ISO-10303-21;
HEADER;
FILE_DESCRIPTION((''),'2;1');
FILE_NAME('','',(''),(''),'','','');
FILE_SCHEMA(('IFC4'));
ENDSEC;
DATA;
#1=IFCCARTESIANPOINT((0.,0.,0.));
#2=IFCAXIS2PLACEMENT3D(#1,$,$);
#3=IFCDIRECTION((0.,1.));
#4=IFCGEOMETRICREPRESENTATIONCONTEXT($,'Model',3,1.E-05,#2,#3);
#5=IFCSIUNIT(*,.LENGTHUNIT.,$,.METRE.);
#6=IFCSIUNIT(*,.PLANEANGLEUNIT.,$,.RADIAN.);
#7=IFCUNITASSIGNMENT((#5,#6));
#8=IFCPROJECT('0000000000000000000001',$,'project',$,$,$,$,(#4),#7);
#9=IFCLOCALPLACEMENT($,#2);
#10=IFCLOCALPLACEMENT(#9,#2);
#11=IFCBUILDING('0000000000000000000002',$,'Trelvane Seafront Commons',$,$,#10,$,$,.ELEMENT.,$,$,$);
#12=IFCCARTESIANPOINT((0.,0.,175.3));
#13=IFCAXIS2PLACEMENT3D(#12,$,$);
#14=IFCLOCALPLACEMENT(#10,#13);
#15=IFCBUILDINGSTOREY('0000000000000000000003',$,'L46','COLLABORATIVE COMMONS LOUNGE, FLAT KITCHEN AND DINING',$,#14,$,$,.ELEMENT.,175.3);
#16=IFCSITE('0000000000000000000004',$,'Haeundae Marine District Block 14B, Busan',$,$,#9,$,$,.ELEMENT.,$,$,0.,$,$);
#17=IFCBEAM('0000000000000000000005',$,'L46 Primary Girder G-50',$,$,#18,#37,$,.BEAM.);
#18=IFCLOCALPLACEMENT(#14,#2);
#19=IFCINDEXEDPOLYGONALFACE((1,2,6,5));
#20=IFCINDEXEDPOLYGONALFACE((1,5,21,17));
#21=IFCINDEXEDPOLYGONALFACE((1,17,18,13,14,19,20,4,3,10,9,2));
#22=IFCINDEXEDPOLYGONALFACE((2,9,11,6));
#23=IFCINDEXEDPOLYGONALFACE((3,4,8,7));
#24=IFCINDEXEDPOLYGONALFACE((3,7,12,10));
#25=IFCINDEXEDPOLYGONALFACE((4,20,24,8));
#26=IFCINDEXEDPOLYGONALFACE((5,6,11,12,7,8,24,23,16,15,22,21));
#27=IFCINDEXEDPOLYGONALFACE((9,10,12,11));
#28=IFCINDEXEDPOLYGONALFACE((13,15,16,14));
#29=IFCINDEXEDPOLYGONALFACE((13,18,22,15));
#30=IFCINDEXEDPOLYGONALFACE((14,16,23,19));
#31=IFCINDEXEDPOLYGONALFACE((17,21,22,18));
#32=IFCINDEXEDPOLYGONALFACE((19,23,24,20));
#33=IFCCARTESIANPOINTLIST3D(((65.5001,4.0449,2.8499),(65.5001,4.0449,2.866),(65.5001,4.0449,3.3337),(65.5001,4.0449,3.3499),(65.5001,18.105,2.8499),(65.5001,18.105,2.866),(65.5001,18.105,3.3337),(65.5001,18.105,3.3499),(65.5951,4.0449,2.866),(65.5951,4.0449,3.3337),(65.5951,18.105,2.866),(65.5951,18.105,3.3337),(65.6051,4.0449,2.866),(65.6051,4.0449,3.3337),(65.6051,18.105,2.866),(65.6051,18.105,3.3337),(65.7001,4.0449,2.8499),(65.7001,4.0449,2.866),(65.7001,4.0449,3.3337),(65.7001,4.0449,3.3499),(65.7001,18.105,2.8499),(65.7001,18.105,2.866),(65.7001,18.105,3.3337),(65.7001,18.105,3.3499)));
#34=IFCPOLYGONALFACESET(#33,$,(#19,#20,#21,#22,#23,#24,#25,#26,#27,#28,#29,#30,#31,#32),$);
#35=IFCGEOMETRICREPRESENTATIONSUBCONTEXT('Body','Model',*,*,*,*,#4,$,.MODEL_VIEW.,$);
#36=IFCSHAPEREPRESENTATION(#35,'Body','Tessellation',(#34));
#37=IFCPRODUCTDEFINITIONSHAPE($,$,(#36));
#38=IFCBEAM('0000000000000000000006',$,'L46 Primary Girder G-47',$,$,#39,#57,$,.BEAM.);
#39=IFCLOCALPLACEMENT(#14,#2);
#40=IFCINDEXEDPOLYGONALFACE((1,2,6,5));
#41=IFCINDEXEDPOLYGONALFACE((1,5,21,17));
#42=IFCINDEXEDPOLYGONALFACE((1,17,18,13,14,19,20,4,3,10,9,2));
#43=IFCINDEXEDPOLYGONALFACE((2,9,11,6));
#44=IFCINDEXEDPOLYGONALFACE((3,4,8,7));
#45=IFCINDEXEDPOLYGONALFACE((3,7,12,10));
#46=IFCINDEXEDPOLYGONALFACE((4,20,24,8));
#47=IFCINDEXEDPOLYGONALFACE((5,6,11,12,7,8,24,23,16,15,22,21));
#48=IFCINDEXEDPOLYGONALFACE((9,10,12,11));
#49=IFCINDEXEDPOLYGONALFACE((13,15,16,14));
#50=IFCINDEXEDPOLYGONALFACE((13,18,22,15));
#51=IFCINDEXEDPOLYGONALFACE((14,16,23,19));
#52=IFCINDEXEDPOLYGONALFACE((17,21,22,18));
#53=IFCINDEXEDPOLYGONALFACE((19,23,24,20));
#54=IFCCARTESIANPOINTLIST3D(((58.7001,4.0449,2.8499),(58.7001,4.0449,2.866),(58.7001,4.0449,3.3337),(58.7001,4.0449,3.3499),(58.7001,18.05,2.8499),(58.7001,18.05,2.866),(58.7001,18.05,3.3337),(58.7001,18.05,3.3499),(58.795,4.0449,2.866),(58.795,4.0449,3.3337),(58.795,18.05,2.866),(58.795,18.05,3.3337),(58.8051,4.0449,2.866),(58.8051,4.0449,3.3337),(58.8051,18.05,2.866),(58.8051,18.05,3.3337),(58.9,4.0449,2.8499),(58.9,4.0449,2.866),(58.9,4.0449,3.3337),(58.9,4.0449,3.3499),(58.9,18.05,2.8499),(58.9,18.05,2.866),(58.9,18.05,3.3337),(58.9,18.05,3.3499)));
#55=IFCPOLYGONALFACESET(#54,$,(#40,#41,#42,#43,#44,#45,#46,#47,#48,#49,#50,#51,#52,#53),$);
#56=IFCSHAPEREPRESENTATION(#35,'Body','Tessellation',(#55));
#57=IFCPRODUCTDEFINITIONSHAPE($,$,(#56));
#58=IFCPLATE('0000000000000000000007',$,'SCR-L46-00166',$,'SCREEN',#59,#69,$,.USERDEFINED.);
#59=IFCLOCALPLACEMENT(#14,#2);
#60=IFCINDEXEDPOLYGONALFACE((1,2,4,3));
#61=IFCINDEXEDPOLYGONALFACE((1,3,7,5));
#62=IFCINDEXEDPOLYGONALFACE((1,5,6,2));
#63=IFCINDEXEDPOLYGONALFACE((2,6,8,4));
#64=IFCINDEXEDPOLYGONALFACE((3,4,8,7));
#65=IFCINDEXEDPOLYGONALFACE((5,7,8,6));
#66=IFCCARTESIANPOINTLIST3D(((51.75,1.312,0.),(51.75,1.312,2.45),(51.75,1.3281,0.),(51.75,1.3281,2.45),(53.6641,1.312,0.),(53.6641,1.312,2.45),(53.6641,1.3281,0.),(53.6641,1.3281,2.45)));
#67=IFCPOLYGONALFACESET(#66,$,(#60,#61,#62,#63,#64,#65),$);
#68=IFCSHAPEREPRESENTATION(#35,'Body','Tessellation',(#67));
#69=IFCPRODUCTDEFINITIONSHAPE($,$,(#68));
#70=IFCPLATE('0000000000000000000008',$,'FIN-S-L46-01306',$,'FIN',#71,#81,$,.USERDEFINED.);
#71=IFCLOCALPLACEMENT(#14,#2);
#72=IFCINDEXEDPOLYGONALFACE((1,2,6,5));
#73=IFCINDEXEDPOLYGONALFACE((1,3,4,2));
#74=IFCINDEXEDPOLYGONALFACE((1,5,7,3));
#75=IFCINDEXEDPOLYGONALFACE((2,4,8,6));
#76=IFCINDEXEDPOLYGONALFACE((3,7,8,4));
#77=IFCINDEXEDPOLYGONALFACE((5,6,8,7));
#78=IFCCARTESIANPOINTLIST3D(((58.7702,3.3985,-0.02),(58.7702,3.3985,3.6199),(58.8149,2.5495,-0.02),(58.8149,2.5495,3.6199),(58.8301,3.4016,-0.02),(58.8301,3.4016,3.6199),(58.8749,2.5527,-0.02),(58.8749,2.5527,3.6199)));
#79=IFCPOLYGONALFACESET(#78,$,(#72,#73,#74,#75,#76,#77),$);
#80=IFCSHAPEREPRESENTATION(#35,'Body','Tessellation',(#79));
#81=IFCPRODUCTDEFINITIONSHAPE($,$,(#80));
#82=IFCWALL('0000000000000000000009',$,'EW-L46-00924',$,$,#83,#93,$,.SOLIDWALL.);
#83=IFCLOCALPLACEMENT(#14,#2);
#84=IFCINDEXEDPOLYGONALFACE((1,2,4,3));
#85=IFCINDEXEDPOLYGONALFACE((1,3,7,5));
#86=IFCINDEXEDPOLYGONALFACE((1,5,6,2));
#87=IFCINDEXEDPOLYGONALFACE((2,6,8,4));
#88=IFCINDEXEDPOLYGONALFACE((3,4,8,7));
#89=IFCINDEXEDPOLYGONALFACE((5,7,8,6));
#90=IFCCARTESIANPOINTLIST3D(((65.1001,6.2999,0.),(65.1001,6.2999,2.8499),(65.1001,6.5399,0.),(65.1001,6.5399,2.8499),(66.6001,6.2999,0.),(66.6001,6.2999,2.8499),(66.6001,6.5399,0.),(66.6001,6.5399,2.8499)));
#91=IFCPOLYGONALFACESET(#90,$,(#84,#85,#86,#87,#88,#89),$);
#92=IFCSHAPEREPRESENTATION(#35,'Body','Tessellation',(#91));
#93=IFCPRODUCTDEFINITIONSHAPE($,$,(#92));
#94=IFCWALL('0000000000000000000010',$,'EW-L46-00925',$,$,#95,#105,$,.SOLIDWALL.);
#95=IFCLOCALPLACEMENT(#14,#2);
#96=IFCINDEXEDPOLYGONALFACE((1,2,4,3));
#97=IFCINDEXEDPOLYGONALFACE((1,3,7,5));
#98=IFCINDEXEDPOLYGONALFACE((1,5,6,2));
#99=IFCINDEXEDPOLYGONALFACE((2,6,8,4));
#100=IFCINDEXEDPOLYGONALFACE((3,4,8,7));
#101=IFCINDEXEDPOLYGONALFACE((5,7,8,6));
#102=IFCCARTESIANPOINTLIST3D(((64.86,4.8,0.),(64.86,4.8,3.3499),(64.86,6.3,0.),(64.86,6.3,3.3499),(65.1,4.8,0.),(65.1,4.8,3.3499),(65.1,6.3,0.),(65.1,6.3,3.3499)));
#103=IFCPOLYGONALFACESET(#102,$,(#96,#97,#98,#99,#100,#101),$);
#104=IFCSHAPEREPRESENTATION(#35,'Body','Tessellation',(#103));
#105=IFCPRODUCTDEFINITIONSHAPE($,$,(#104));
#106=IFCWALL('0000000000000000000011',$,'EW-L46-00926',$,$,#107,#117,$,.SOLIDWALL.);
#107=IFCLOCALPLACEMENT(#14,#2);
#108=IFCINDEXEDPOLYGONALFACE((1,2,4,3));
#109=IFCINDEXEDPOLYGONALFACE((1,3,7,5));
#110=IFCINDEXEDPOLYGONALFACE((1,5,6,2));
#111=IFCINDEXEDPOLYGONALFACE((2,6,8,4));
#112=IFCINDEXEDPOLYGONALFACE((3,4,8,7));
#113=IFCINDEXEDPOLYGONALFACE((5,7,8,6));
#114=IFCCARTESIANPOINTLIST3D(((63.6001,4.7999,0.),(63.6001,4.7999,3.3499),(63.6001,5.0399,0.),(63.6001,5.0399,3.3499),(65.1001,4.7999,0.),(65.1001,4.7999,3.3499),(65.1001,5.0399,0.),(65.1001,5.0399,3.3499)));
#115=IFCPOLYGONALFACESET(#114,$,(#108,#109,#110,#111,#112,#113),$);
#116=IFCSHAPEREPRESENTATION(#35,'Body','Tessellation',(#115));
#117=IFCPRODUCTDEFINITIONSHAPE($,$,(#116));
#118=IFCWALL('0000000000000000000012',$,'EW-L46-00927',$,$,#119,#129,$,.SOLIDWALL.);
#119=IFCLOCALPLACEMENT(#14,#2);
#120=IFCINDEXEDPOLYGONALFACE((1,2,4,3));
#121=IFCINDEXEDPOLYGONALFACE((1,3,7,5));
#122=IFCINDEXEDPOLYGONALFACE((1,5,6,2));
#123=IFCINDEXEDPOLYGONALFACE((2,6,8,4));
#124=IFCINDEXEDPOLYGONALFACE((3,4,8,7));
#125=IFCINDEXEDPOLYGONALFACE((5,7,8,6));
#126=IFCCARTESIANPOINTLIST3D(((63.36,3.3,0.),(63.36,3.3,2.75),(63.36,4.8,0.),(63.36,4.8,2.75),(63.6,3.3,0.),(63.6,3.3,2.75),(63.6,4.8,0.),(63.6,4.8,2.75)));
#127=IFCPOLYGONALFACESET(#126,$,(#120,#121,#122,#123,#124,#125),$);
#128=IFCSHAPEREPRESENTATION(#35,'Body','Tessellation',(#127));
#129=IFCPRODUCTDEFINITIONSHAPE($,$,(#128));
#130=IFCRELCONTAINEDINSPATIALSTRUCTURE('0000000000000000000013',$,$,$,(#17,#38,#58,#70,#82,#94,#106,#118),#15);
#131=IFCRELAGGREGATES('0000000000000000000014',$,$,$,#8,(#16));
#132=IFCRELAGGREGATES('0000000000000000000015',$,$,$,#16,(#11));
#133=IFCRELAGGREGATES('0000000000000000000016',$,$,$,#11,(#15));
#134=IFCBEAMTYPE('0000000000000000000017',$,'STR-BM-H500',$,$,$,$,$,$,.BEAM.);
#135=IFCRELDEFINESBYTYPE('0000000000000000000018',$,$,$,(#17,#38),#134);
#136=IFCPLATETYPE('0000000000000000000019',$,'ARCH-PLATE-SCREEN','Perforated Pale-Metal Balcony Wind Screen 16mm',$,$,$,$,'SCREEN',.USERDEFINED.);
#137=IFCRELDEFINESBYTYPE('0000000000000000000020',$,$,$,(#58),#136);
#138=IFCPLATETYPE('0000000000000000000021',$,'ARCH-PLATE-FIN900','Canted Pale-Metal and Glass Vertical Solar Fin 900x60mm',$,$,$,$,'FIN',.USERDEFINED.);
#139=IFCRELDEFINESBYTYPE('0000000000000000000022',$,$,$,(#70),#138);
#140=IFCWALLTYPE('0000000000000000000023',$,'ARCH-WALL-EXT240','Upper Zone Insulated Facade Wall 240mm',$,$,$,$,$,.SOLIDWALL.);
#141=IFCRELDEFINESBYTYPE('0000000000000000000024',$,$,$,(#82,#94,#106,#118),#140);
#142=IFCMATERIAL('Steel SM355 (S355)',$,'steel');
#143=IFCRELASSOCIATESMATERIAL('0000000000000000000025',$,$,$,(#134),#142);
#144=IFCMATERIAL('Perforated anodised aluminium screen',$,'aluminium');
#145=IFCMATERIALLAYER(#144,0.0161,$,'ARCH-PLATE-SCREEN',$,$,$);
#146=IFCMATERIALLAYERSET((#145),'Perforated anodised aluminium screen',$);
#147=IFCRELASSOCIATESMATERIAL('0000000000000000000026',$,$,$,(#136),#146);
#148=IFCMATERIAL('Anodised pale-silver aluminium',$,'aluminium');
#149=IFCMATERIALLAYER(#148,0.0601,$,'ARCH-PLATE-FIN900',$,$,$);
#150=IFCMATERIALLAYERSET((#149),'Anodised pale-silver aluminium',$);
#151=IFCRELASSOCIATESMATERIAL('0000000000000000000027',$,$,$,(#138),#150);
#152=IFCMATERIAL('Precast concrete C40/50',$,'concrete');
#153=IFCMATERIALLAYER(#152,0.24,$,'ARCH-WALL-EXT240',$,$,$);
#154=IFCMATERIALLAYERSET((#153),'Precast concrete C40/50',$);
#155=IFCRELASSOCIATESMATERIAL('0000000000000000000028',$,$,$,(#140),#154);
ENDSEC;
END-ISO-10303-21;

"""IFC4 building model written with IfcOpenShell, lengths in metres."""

from ifc_helpers import new_model, si_unit, direction, frame, frame_2d, origin, origin_2d, place, context, subcontext, project, spatial, rectangle, i_section, extrude, source, transform, mapped, material, layer, layer_set, material_profile, profile_set, type_object, element, save


model = new_model("IFC4")

# Units and contexts
model_context = context("Model", 3, precision=1e-05, world=origin(), true_north=direction((0.0, 1.0)))
body_context = subcontext(model_context, "Body", "Model", "MODEL_VIEW")
ifc_project = project(units=[si_unit("LENGTHUNIT", "METRE"), si_unit("PLANEANGLEUNIT", "RADIAN")], contexts=[model_context])

# Site, building, storey
site_placement = place(None, origin())
site = spatial("IfcSite", under=ifc_project, at=site_placement, Name="Haeundae Marine District Block 14B, Busan", CompositionType="ELEMENT", RefElevation=0.0)
building_placement = place(site_placement, origin())
building = spatial("IfcBuilding", under=site, at=building_placement, Name="Trelvane Seafront Commons", CompositionType="ELEMENT")
storey_placement = place(building_placement, frame((0.0, 0.0, 175.3)))
storey = spatial("IfcBuildingStorey", under=building, at=storey_placement, Name="L46", Description="COLLABORATIVE COMMONS LOUNGE, FLAT KITCHEN AND DINING", CompositionType="ELEMENT", Elevation=175.3)

# Shared definitions
ifc_material_1 = material(Name="Steel SM355 (S355)", Category="steel")

# Beams
ifc_material_profile_1 = material_profile(ifc_material_1, i_section(OverallWidth=0.2, OverallDepth=0.5, WebThickness=0.01, FlangeThickness=0.0161, at=origin_2d()), Name="H-500x200x10x16")
ifc_profile_set_1 = profile_set([ifc_material_profile_1], Name="Steel SM355 (S355)")
beam_type_1 = type_object("IfcBeamType", Name="STR-BM-H500", PredefinedType="BEAM", material=ifc_profile_set_1)
shared_shape_1 = source(origin(), body_context, "Body", "SweptSolid", [
    extrude(i_section(OverallWidth=0.2, OverallDepth=0.5, WebThickness=0.01, FlangeThickness=0.0161, at=origin_2d()), origin(), (0.0, 0.0, 1.0), 14.0601),
])
beam_1_placement = place(storey_placement, frame((65.6001, 4.0449, 3.0999), z_axis=(0.0, 1.0, 0.0), x_axis=(-1.0, 0.0, 0.0)))
element("IfcBeam", 1, at=beam_1_placement, inside=storey, type_object=beam_type_1, Name="L46 Primary Girder G-50", PredefinedType="BEAM", context=body_context, shape_type="MappedRepresentation", body=[
    mapped(shared_shape_1, transform((0.0, 0.0, 0.0), x_axis=(1.0, 0.0, 0.0), y_axis=(0.0, 1.0, 0.0), z_axis=(0.0, 0.0, 1.0), scale=1.0)),
])
shared_shape_2 = source(origin(), body_context, "Body", "SweptSolid", [
    extrude(i_section(OverallWidth=0.2, OverallDepth=0.5, WebThickness=0.01, FlangeThickness=0.0161, at=origin_2d()), origin(), (0.0, 0.0, 1.0), 14.0051),
])
beam_2_placement = place(storey_placement, frame((58.8, 4.0449, 3.0999), z_axis=(0.0, 1.0, 0.0), x_axis=(-1.0, 0.0, 0.0)))
element("IfcBeam", 2, at=beam_2_placement, inside=storey, type_object=beam_type_1, Name="L46 Primary Girder G-47", PredefinedType="BEAM", context=body_context, shape_type="MappedRepresentation", body=[
    mapped(shared_shape_2, transform((0.0, 0.0, 0.0), x_axis=(1.0, 0.0, 0.0), y_axis=(0.0, 1.0, 0.0), z_axis=(0.0, 0.0, 1.0), scale=1.0)),
])

# Plates
ifc_material_2 = material(Name="Perforated anodised aluminium screen", Category="aluminium")
ifc_layer_1 = layer(ifc_material_2, 0.0161, Name="ARCH-PLATE-SCREEN")
ifc_layer_set_1 = layer_set([ifc_layer_1], Name="Perforated anodised aluminium screen")
plate_type_1 = type_object("IfcPlateType", Name="ARCH-PLATE-SCREEN", Description="Perforated Pale-Metal Balcony Wind Screen 16mm", ElementType="SCREEN", PredefinedType="USERDEFINED", material=ifc_layer_set_1)
shared_shape_3 = source(origin(), body_context, "Body", "SweptSolid", [
    extrude(rectangle(XDim=1.9141, YDim=0.0161, at=origin_2d()), origin(), (0.0, 0.0, 1.0), 2.45),
])
plate_1_placement = place(storey_placement, frame((52.707, 1.3201, 0.0), z_axis=(0.0, 0.0, 1.0), x_axis=(1.0, 0.0, 0.0)))
element("IfcPlate", 3, at=plate_1_placement, inside=storey, type_object=plate_type_1, Name="SCR-L46-00166", ObjectType="SCREEN", PredefinedType="USERDEFINED", context=body_context, shape_type="MappedRepresentation", body=[
    mapped(shared_shape_3, transform((0.0, 0.0, 0.0), x_axis=(1.0, 0.0, 0.0), y_axis=(0.0, 1.0, 0.0), z_axis=(0.0, 0.0, 1.0), scale=1.0)),
])
ifc_material_3 = material(Name="Anodised pale-silver aluminium", Category="aluminium")
ifc_layer_2 = layer(ifc_material_3, 0.0601, Name="ARCH-PLATE-FIN900")
ifc_layer_set_2 = layer_set([ifc_layer_2], Name="Anodised pale-silver aluminium")
plate_type_2 = type_object("IfcPlateType", Name="ARCH-PLATE-FIN900", Description="Canted Pale-Metal and Glass Vertical Solar Fin 900x60mm", ElementType="FIN", PredefinedType="USERDEFINED", material=ifc_layer_set_2)
shared_shape_4 = source(origin(), body_context, "Body", "SweptSolid", [
    extrude(rectangle(XDim=0.8501, YDim=0.0601, at=origin_2d()), origin(), (0.0, 0.0, 1.0), 3.6399),
])
plate_2_placement = place(storey_placement, frame((58.8225, 2.9756, -0.02), z_axis=(0.0, 0.0, 1.0), x_axis=(0.05259, -0.998616, 0.0)))
element("IfcPlate", 4, at=plate_2_placement, inside=storey, type_object=plate_type_2, Name="FIN-S-L46-01306", ObjectType="FIN", PredefinedType="USERDEFINED", context=body_context, shape_type="MappedRepresentation", body=[
    mapped(shared_shape_4, transform((0.0, 0.0, 0.0), x_axis=(1.0, 0.0, 0.0), y_axis=(0.0, 1.0, 0.0), z_axis=(0.0, 0.0, 1.0), scale=1.0)),
])

# Walls
ifc_material_4 = material(Name="Precast concrete C40/50", Category="concrete")
ifc_layer_3 = layer(ifc_material_4, 0.24, Name="ARCH-WALL-EXT240")
ifc_layer_set_3 = layer_set([ifc_layer_3], Name="Precast concrete C40/50")
wall_type_1 = type_object("IfcWallType", Name="ARCH-WALL-EXT240", Description="Upper Zone Insulated Facade Wall 240mm", PredefinedType="SOLIDWALL", material=ifc_layer_set_3)
wall_1_placement = place(storey_placement, frame((66.6001, 6.4199, 0.0), z_axis=(0.0, 0.0, 1.0), x_axis=(-1.0, 0.0, 0.0)))
element("IfcWall", 5, at=wall_1_placement, inside=storey, type_object=wall_type_1, Name="EW-L46-00924", PredefinedType="SOLIDWALL", context=body_context, shape_type="SweptSolid", body=[
    extrude(rectangle(XDim=1.5, YDim=0.24, at=frame_2d((0.75, 0.0))), origin(), (0.0, 0.0, 1.0), 2.8499),
])
for number, where, z_axis, x_axis, name in (
    (6, (64.98, 6.3, 0.0), (0.0, 0.0, 1.0), (0.0, -1.0, 0.0), "EW-L46-00925"),
    (7, (65.1001, 4.9199, 0.0), (0.0, 0.0, 1.0), (-1.0, 0.0, 0.0), "EW-L46-00926"),
):
    element("IfcWall", number, at=place(storey_placement, frame(where, z_axis=z_axis, x_axis=x_axis)), inside=storey, type_object=wall_type_1, Name=name, PredefinedType="SOLIDWALL", context=body_context, shape_type="SweptSolid", body=[
        extrude(rectangle(XDim=1.5, YDim=0.24, at=frame_2d((0.75, 0.0))), origin(), (0.0, 0.0, 1.0), 3.3499),
    ])
wall_2_placement = place(storey_placement, frame((63.48, 4.8, 0.0), z_axis=(0.0, 0.0, 1.0), x_axis=(0.0, -1.0, 0.0)))
element("IfcWall", 8, at=wall_2_placement, inside=storey, type_object=wall_type_1, Name="EW-L46-00927", PredefinedType="SOLIDWALL", context=body_context, shape_type="SweptSolid", body=[
    extrude(rectangle(XDim=1.5, YDim=0.24, at=frame_2d((0.75, 0.0))), origin(), (0.0, 0.0, 1.0), 2.75),
])

save(model, "model.ifc")
